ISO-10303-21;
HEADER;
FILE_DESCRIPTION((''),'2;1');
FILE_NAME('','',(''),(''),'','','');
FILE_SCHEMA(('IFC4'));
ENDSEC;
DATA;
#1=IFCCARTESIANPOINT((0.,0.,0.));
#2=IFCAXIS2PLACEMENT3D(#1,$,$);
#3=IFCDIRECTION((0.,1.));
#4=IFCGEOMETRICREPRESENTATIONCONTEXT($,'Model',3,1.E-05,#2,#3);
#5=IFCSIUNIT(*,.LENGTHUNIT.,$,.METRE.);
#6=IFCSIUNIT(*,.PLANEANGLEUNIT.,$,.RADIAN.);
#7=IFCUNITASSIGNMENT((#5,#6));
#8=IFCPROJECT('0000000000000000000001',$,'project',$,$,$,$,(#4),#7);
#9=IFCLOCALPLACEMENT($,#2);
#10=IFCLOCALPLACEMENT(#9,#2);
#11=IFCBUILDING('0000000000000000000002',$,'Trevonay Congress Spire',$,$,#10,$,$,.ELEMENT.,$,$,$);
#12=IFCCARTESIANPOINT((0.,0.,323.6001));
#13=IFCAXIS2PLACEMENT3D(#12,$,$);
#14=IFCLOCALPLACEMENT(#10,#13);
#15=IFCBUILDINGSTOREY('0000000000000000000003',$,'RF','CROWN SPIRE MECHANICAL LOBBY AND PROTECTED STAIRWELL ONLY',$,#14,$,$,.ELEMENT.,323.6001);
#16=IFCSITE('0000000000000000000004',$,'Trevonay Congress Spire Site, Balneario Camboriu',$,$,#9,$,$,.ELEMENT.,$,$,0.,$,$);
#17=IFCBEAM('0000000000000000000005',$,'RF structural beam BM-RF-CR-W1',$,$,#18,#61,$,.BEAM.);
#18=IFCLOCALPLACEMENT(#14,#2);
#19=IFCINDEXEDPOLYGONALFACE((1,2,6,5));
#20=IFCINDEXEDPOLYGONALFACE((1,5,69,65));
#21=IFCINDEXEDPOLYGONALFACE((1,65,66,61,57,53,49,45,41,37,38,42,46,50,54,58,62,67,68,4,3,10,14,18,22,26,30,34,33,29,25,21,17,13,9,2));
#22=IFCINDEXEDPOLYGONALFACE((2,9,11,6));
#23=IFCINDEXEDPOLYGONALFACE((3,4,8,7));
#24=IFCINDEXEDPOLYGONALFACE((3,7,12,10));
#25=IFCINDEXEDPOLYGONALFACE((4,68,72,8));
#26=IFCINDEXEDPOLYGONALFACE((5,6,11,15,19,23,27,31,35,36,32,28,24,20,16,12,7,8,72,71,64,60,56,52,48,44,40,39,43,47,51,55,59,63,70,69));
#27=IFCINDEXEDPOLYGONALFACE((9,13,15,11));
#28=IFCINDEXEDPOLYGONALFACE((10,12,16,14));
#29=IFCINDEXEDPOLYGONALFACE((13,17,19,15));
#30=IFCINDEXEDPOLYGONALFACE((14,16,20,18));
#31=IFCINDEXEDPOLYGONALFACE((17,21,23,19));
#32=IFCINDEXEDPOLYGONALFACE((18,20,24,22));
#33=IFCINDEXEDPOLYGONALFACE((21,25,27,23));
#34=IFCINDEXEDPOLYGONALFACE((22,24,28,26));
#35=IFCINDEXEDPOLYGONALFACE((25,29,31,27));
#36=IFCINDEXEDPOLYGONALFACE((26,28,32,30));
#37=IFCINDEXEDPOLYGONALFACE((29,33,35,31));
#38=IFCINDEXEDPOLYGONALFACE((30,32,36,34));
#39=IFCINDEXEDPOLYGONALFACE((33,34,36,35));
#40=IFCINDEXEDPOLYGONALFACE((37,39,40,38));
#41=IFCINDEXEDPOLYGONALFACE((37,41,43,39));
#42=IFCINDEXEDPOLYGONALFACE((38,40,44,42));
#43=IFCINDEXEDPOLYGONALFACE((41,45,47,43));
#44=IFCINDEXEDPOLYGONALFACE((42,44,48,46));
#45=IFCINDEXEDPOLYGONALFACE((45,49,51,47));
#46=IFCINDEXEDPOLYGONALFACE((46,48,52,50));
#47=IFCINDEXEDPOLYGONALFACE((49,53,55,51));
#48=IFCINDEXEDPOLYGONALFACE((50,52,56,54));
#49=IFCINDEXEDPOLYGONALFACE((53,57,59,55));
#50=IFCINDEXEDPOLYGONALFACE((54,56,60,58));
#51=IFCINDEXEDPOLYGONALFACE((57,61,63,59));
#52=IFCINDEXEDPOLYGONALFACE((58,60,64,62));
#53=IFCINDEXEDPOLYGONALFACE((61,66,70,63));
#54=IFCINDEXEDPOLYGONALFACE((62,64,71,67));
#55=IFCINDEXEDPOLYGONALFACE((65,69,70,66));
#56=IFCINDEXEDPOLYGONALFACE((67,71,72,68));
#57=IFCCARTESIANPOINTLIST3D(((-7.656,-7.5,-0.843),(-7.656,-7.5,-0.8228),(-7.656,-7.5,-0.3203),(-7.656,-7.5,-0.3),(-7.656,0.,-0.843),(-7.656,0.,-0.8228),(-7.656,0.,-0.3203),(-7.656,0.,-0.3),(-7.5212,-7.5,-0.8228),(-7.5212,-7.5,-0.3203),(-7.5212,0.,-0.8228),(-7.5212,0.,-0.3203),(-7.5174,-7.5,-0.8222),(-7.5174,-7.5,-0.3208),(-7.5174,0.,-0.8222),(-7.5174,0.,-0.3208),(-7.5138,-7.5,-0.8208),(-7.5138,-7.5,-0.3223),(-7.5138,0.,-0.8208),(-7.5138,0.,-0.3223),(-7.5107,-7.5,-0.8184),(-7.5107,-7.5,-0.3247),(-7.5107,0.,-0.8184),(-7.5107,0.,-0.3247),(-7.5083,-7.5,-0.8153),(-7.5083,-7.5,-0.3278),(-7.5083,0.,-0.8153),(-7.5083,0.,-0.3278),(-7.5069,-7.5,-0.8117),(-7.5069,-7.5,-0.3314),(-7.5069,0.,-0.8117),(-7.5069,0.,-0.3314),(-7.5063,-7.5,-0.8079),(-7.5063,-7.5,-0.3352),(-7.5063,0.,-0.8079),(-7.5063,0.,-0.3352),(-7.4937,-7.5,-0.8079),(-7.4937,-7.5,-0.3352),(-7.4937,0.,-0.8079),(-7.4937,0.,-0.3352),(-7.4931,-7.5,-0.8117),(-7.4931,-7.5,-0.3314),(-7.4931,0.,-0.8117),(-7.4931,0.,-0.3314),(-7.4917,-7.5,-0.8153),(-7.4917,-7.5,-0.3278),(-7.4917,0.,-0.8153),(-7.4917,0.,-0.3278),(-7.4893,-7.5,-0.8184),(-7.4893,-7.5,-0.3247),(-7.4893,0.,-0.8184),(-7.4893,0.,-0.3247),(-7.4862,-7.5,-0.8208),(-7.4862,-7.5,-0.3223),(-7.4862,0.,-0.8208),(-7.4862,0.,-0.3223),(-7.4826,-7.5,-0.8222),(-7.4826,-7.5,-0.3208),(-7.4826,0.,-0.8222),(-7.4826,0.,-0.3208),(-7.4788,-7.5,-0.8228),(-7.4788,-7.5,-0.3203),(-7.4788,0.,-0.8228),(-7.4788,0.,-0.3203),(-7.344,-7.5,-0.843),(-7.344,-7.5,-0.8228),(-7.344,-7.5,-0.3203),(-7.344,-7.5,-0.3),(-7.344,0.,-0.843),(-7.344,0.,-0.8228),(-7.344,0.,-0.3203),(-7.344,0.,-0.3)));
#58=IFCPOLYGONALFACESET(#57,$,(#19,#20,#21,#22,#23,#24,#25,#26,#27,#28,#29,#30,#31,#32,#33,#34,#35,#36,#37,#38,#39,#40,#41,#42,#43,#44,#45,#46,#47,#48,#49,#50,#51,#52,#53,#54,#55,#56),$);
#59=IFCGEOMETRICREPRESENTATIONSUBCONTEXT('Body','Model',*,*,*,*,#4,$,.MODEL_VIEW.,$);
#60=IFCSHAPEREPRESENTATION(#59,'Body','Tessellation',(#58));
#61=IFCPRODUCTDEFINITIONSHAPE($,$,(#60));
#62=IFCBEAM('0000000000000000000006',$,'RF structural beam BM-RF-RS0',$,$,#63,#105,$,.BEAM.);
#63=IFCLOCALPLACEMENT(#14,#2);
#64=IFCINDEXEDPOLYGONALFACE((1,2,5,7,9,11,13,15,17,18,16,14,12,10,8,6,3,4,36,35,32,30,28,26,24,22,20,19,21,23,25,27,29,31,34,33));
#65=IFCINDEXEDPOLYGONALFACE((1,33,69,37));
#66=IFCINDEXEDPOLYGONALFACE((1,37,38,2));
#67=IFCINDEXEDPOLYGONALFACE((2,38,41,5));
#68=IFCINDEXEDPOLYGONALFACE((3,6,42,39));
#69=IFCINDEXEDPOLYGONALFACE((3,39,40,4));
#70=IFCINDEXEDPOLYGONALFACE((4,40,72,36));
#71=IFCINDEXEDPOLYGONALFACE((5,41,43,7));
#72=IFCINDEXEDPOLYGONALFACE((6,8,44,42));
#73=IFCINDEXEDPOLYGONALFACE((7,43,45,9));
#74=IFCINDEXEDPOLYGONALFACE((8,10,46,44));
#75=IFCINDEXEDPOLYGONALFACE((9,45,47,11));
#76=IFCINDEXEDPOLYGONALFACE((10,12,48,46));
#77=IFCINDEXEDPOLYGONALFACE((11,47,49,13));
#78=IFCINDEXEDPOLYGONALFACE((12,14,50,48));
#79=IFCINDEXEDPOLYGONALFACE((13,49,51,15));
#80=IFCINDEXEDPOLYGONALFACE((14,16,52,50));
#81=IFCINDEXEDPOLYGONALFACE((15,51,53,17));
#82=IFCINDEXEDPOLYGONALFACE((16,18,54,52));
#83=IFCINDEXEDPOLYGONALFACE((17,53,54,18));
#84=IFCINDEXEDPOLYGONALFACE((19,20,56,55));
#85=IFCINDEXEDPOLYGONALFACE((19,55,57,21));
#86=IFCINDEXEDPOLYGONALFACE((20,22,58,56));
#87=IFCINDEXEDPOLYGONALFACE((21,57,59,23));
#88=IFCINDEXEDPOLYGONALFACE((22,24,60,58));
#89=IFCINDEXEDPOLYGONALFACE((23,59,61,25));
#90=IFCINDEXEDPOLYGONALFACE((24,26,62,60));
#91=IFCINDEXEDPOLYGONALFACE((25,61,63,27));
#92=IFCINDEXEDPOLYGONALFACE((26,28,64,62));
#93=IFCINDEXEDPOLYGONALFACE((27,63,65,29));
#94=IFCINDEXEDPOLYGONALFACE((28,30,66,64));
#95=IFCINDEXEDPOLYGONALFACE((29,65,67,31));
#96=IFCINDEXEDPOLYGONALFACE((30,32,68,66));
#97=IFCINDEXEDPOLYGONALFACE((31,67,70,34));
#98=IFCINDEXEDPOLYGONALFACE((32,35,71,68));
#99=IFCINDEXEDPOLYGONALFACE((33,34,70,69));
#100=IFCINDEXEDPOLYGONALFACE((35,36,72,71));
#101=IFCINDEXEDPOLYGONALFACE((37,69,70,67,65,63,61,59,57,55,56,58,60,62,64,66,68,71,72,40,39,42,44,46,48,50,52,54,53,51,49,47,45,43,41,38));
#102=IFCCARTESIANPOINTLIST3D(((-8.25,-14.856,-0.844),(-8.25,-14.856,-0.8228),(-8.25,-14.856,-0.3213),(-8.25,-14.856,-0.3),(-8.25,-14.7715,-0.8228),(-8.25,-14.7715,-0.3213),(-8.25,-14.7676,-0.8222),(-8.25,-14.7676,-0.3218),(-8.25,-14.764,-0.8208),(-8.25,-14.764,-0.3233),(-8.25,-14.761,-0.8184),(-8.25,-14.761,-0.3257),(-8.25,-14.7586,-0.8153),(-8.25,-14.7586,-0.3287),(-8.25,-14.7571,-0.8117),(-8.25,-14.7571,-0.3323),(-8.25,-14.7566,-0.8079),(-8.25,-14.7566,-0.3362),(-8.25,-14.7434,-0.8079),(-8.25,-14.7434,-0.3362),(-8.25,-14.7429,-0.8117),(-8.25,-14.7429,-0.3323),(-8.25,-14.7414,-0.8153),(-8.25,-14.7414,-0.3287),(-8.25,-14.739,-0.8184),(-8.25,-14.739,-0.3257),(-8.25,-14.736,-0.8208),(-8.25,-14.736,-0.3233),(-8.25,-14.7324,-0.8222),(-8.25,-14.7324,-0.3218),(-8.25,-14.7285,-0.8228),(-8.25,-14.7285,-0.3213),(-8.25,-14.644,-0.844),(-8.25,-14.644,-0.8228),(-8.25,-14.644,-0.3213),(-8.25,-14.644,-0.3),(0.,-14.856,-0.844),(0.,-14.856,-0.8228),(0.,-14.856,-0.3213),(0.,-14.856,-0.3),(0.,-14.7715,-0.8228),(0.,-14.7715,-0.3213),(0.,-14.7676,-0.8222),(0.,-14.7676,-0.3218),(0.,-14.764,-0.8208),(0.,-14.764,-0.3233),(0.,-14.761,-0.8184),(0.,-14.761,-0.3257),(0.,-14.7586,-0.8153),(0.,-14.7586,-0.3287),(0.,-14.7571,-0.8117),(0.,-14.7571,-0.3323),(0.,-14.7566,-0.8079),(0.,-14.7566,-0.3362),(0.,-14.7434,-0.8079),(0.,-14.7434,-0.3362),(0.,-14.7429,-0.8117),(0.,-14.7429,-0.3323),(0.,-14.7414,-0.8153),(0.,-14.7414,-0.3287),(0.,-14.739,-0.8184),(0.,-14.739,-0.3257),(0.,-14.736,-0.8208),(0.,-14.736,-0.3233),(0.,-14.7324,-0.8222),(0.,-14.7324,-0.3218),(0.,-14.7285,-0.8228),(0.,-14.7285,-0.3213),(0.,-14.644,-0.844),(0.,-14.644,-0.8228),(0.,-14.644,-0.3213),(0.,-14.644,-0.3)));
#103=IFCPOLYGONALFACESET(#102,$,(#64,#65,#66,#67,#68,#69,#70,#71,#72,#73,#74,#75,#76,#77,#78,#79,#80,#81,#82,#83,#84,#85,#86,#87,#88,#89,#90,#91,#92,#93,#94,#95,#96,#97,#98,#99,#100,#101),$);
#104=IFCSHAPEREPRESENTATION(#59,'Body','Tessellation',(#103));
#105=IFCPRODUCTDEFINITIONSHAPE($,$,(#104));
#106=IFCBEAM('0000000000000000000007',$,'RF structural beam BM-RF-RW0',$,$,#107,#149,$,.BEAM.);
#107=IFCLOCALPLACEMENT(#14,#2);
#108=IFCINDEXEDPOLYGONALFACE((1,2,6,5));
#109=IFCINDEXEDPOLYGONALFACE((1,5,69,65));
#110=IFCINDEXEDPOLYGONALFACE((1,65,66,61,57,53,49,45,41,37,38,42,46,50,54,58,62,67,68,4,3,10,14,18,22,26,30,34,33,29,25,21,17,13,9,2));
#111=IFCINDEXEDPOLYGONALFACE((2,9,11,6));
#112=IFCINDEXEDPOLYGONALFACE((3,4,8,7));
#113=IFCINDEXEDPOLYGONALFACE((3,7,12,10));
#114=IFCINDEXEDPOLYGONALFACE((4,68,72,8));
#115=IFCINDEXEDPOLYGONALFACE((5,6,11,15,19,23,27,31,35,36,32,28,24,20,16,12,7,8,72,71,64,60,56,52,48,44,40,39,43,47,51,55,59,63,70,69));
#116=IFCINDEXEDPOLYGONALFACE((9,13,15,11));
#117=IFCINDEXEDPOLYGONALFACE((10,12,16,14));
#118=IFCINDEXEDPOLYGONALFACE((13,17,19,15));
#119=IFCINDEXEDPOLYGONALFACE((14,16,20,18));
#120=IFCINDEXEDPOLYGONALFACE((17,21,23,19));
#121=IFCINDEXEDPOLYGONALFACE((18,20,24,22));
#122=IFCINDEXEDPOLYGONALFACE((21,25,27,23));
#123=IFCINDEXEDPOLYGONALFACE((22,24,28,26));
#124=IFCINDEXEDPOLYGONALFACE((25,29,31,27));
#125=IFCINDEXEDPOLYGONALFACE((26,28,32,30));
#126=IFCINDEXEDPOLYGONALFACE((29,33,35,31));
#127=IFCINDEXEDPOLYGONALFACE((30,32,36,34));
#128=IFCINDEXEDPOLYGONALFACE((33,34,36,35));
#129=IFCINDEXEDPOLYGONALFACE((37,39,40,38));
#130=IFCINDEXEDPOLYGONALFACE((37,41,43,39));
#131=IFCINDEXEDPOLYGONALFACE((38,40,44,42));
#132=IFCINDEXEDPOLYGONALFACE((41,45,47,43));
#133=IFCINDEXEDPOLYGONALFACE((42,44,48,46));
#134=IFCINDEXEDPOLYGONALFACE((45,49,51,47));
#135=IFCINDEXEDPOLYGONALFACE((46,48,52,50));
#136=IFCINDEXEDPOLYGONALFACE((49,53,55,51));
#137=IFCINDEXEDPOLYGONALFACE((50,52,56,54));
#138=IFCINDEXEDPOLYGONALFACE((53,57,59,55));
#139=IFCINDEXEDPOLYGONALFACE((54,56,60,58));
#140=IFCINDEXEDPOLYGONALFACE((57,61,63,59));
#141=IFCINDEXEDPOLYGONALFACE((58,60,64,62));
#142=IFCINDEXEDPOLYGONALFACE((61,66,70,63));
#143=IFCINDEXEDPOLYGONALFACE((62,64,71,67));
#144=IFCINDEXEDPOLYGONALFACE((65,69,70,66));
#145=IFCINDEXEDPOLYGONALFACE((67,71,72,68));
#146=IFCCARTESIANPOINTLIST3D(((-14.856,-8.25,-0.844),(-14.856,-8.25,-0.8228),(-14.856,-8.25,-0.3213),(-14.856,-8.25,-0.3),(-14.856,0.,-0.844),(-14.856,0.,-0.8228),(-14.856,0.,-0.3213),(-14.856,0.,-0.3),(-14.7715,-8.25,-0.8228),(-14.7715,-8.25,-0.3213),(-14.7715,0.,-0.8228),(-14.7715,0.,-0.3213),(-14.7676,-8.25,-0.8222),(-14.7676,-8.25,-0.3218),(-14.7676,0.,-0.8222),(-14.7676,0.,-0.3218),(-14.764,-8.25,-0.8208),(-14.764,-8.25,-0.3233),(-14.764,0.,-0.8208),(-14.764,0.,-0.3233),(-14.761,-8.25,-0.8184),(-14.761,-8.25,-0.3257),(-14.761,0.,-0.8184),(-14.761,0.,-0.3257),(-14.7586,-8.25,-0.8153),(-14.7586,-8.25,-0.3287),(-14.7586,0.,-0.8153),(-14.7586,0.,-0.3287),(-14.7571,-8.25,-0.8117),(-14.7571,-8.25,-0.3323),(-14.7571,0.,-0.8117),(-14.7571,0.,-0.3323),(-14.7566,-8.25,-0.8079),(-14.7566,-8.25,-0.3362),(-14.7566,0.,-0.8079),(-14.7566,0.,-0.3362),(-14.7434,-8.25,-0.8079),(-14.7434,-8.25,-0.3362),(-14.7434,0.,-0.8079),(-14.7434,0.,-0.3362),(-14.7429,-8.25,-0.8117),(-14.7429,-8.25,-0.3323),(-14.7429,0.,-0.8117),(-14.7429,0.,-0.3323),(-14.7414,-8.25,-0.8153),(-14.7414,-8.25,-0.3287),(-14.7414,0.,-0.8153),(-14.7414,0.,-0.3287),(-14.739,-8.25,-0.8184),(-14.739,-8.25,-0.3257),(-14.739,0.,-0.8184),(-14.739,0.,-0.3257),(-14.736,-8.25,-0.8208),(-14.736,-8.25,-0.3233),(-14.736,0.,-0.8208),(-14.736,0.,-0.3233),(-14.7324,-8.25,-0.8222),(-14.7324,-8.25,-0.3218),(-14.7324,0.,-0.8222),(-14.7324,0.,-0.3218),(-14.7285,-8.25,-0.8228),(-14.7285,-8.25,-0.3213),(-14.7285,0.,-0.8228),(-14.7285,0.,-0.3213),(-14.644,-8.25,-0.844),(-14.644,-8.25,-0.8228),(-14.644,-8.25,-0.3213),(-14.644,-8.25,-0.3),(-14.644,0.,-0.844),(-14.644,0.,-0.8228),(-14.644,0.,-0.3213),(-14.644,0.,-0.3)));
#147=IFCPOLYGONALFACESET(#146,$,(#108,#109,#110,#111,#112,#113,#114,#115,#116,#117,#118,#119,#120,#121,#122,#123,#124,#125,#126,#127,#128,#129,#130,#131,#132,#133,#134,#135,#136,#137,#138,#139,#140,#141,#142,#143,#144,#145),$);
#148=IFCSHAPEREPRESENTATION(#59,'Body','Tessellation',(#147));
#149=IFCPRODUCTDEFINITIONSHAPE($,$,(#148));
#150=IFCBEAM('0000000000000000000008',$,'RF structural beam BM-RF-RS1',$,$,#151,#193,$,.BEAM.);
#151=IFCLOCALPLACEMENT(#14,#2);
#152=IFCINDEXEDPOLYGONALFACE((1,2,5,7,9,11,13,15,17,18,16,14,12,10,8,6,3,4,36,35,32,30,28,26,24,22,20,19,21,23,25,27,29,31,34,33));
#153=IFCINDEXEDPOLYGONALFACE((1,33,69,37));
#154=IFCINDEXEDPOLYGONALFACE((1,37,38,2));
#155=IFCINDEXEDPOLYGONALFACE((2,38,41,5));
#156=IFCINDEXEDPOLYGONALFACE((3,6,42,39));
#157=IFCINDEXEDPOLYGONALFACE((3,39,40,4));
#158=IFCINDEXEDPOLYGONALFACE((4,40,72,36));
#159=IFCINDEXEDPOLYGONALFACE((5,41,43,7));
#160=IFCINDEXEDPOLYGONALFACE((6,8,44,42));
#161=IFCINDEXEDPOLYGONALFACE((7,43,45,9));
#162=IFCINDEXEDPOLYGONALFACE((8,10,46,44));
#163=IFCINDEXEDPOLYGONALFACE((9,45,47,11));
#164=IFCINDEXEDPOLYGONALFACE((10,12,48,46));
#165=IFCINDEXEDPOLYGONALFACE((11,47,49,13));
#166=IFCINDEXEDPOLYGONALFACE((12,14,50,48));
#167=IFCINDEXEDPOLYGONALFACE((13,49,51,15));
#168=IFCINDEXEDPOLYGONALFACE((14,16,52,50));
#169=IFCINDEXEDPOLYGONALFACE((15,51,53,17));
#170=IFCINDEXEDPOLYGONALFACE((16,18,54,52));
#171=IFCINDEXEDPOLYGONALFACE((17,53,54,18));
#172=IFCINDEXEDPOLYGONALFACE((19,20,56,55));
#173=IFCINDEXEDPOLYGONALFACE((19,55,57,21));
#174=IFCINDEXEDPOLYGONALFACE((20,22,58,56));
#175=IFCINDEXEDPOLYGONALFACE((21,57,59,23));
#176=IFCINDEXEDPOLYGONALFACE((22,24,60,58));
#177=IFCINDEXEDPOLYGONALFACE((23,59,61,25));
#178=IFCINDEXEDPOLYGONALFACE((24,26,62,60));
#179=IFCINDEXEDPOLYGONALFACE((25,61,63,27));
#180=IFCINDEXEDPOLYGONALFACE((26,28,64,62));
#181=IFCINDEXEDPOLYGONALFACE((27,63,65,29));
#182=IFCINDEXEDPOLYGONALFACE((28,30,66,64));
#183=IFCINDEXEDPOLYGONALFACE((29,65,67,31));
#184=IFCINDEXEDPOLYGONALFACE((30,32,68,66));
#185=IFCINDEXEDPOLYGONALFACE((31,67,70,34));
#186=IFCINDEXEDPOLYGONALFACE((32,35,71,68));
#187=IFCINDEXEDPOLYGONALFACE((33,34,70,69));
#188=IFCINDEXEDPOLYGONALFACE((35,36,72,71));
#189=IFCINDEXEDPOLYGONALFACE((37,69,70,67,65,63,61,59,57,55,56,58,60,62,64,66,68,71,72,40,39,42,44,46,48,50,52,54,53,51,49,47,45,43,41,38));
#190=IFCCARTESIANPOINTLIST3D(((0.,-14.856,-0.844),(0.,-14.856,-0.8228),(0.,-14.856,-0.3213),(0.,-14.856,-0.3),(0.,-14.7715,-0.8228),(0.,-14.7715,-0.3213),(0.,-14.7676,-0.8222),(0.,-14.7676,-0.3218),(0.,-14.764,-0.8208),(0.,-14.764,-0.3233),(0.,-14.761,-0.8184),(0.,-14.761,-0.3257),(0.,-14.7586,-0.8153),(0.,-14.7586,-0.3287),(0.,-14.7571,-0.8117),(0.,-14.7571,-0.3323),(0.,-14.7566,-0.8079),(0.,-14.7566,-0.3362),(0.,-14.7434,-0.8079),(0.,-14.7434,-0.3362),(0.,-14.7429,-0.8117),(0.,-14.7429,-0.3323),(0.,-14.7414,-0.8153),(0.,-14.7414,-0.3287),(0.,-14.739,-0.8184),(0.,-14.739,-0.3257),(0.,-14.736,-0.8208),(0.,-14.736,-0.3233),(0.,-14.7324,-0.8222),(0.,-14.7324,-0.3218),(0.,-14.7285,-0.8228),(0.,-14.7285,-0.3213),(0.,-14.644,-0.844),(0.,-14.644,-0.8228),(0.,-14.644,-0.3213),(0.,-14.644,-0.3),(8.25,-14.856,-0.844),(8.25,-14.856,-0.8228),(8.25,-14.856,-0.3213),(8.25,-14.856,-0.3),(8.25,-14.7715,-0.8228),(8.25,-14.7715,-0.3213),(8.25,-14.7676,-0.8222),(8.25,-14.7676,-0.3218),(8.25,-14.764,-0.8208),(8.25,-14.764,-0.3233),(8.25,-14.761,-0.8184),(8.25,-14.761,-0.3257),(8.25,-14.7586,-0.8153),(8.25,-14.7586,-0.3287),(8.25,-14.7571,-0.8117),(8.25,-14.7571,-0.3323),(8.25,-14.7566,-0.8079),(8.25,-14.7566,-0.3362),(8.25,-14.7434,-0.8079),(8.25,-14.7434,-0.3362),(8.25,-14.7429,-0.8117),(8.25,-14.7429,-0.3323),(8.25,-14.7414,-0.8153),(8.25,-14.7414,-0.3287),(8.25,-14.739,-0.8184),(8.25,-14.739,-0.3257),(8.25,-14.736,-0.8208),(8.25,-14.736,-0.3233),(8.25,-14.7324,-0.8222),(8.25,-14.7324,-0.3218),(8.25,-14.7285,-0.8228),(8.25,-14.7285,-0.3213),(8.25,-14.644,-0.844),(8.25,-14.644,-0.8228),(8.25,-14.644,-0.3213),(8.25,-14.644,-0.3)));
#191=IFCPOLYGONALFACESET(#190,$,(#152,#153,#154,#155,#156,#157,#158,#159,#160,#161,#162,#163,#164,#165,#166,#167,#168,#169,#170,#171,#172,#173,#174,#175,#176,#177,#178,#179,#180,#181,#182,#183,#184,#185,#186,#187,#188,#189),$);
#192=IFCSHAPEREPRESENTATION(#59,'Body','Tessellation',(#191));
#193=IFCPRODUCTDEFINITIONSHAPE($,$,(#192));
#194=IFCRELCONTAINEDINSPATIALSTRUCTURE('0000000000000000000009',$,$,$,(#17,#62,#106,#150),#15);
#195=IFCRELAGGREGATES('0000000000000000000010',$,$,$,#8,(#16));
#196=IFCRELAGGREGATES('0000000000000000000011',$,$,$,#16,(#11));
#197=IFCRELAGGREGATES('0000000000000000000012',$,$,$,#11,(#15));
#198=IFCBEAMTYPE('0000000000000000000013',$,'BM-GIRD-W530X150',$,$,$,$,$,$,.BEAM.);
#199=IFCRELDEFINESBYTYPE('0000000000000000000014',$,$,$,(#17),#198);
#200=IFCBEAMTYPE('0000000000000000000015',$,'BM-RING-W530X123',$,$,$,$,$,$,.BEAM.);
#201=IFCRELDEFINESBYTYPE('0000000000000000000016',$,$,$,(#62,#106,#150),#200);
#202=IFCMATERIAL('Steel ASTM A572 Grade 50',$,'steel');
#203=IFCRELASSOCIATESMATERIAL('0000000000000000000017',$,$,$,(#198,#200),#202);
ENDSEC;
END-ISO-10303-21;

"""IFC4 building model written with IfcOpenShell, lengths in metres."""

from ifc_helpers import new_model, si_unit, direction, frame, origin, origin_2d, place, context, subcontext, project, spatial, i_section, extrude, material, material_profile, profile_set, type_object, element, save


model = new_model("IFC4")

# Units and contexts
model_context = context("Model", 3, precision=1e-05, world=origin(), true_north=direction((0.0, 1.0)))
body_context = subcontext(model_context, "Body", "Model", "MODEL_VIEW")
ifc_project = project(units=[si_unit("LENGTHUNIT", "METRE"), si_unit("PLANEANGLEUNIT", "RADIAN")], contexts=[model_context])

# Site, building, storey
site_placement = place(None, origin())
site = spatial("IfcSite", under=ifc_project, at=site_placement, Name="Trevonay Congress Spire Site, Balneario Camboriu", CompositionType="ELEMENT", RefElevation=0.0)
building_placement = place(site_placement, origin())
building = spatial("IfcBuilding", under=site, at=building_placement, Name="Trevonay Congress Spire", CompositionType="ELEMENT")
storey_placement = place(building_placement, frame((0.0, 0.0, 323.6001)))
storey = spatial("IfcBuildingStorey", under=building, at=storey_placement, Name="RF", Description="CROWN SPIRE MECHANICAL LOBBY AND PROTECTED STAIRWELL ONLY", CompositionType="ELEMENT", Elevation=323.6001)

# Shared definitions
ifc_material_1 = material(Name="Steel ASTM A572 Grade 50", Category="steel")

# Beams
ifc_material_profile_1 = material_profile(ifc_material_1, i_section(OverallWidth=0.312, OverallDepth=0.543, WebThickness=0.0127, FlangeThickness=0.0203, FilletRadius=0.0149, at=origin_2d()), Name="W530x150")
ifc_profile_set_1 = profile_set([ifc_material_profile_1], Name="Steel ASTM A572 Grade 50")
beam_type_1 = type_object("IfcBeamType", Name="BM-GIRD-W530X150", PredefinedType="BEAM", material=ifc_profile_set_1)
beam_1_placement = place(storey_placement, frame((-7.5, -7.5, -0.5715), z_axis=(0.0, 1.0, 0.0), x_axis=(-1.0, 0.0, 0.0)))
element("IfcBeam", 1, at=beam_1_placement, inside=storey, type_object=beam_type_1, Name="RF structural beam BM-RF-CR-W1", PredefinedType="BEAM", context=body_context, shape_type="SweptSolid", body=[
    extrude(i_section(OverallWidth=0.312, OverallDepth=0.543, WebThickness=0.0127, FlangeThickness=0.0203, FilletRadius=0.0149, at=origin_2d()), origin(), (0.0, 0.0, 1.0), 7.5),
])
ifc_material_profile_2 = material_profile(ifc_material_1, i_section(OverallWidth=0.2119, OverallDepth=0.5439, WebThickness=0.0132, FlangeThickness=0.0212, FilletRadius=0.0149, at=origin_2d()), Name="W530x123")
ifc_profile_set_2 = profile_set([ifc_material_profile_2], Name="Steel ASTM A572 Grade 50")
beam_type_2 = type_object("IfcBeamType", Name="BM-RING-W530X123", PredefinedType="BEAM", material=ifc_profile_set_2)
for number, where, z_axis, x_axis, name in (
    (2, (-8.25, -14.75, -0.572), (1.0, 0.0, 0.0), (0.0, 1.0, 0.0), "RF structural beam BM-RF-RS0"),
    (3, (-14.75, -8.25, -0.572), (0.0, 1.0, 0.0), (-1.0, 0.0, 0.0), "RF structural beam BM-RF-RW0"),
    (4, (0.0, -14.75, -0.572), (1.0, 0.0, 0.0), (0.0, 1.0, 0.0), "RF structural beam BM-RF-RS1"),
):
    element("IfcBeam", number, at=place(storey_placement, frame(where, z_axis=z_axis, x_axis=x_axis)), inside=storey, type_object=beam_type_2, Name=name, PredefinedType="BEAM", context=body_context, shape_type="SweptSolid", body=[
        extrude(i_section(OverallWidth=0.2119, OverallDepth=0.5439, WebThickness=0.0132, FlangeThickness=0.0212, FilletRadius=0.0149, at=origin_2d()), origin(), (0.0, 0.0, 1.0), 8.25),
    ])

save(model, "model.ifc")
